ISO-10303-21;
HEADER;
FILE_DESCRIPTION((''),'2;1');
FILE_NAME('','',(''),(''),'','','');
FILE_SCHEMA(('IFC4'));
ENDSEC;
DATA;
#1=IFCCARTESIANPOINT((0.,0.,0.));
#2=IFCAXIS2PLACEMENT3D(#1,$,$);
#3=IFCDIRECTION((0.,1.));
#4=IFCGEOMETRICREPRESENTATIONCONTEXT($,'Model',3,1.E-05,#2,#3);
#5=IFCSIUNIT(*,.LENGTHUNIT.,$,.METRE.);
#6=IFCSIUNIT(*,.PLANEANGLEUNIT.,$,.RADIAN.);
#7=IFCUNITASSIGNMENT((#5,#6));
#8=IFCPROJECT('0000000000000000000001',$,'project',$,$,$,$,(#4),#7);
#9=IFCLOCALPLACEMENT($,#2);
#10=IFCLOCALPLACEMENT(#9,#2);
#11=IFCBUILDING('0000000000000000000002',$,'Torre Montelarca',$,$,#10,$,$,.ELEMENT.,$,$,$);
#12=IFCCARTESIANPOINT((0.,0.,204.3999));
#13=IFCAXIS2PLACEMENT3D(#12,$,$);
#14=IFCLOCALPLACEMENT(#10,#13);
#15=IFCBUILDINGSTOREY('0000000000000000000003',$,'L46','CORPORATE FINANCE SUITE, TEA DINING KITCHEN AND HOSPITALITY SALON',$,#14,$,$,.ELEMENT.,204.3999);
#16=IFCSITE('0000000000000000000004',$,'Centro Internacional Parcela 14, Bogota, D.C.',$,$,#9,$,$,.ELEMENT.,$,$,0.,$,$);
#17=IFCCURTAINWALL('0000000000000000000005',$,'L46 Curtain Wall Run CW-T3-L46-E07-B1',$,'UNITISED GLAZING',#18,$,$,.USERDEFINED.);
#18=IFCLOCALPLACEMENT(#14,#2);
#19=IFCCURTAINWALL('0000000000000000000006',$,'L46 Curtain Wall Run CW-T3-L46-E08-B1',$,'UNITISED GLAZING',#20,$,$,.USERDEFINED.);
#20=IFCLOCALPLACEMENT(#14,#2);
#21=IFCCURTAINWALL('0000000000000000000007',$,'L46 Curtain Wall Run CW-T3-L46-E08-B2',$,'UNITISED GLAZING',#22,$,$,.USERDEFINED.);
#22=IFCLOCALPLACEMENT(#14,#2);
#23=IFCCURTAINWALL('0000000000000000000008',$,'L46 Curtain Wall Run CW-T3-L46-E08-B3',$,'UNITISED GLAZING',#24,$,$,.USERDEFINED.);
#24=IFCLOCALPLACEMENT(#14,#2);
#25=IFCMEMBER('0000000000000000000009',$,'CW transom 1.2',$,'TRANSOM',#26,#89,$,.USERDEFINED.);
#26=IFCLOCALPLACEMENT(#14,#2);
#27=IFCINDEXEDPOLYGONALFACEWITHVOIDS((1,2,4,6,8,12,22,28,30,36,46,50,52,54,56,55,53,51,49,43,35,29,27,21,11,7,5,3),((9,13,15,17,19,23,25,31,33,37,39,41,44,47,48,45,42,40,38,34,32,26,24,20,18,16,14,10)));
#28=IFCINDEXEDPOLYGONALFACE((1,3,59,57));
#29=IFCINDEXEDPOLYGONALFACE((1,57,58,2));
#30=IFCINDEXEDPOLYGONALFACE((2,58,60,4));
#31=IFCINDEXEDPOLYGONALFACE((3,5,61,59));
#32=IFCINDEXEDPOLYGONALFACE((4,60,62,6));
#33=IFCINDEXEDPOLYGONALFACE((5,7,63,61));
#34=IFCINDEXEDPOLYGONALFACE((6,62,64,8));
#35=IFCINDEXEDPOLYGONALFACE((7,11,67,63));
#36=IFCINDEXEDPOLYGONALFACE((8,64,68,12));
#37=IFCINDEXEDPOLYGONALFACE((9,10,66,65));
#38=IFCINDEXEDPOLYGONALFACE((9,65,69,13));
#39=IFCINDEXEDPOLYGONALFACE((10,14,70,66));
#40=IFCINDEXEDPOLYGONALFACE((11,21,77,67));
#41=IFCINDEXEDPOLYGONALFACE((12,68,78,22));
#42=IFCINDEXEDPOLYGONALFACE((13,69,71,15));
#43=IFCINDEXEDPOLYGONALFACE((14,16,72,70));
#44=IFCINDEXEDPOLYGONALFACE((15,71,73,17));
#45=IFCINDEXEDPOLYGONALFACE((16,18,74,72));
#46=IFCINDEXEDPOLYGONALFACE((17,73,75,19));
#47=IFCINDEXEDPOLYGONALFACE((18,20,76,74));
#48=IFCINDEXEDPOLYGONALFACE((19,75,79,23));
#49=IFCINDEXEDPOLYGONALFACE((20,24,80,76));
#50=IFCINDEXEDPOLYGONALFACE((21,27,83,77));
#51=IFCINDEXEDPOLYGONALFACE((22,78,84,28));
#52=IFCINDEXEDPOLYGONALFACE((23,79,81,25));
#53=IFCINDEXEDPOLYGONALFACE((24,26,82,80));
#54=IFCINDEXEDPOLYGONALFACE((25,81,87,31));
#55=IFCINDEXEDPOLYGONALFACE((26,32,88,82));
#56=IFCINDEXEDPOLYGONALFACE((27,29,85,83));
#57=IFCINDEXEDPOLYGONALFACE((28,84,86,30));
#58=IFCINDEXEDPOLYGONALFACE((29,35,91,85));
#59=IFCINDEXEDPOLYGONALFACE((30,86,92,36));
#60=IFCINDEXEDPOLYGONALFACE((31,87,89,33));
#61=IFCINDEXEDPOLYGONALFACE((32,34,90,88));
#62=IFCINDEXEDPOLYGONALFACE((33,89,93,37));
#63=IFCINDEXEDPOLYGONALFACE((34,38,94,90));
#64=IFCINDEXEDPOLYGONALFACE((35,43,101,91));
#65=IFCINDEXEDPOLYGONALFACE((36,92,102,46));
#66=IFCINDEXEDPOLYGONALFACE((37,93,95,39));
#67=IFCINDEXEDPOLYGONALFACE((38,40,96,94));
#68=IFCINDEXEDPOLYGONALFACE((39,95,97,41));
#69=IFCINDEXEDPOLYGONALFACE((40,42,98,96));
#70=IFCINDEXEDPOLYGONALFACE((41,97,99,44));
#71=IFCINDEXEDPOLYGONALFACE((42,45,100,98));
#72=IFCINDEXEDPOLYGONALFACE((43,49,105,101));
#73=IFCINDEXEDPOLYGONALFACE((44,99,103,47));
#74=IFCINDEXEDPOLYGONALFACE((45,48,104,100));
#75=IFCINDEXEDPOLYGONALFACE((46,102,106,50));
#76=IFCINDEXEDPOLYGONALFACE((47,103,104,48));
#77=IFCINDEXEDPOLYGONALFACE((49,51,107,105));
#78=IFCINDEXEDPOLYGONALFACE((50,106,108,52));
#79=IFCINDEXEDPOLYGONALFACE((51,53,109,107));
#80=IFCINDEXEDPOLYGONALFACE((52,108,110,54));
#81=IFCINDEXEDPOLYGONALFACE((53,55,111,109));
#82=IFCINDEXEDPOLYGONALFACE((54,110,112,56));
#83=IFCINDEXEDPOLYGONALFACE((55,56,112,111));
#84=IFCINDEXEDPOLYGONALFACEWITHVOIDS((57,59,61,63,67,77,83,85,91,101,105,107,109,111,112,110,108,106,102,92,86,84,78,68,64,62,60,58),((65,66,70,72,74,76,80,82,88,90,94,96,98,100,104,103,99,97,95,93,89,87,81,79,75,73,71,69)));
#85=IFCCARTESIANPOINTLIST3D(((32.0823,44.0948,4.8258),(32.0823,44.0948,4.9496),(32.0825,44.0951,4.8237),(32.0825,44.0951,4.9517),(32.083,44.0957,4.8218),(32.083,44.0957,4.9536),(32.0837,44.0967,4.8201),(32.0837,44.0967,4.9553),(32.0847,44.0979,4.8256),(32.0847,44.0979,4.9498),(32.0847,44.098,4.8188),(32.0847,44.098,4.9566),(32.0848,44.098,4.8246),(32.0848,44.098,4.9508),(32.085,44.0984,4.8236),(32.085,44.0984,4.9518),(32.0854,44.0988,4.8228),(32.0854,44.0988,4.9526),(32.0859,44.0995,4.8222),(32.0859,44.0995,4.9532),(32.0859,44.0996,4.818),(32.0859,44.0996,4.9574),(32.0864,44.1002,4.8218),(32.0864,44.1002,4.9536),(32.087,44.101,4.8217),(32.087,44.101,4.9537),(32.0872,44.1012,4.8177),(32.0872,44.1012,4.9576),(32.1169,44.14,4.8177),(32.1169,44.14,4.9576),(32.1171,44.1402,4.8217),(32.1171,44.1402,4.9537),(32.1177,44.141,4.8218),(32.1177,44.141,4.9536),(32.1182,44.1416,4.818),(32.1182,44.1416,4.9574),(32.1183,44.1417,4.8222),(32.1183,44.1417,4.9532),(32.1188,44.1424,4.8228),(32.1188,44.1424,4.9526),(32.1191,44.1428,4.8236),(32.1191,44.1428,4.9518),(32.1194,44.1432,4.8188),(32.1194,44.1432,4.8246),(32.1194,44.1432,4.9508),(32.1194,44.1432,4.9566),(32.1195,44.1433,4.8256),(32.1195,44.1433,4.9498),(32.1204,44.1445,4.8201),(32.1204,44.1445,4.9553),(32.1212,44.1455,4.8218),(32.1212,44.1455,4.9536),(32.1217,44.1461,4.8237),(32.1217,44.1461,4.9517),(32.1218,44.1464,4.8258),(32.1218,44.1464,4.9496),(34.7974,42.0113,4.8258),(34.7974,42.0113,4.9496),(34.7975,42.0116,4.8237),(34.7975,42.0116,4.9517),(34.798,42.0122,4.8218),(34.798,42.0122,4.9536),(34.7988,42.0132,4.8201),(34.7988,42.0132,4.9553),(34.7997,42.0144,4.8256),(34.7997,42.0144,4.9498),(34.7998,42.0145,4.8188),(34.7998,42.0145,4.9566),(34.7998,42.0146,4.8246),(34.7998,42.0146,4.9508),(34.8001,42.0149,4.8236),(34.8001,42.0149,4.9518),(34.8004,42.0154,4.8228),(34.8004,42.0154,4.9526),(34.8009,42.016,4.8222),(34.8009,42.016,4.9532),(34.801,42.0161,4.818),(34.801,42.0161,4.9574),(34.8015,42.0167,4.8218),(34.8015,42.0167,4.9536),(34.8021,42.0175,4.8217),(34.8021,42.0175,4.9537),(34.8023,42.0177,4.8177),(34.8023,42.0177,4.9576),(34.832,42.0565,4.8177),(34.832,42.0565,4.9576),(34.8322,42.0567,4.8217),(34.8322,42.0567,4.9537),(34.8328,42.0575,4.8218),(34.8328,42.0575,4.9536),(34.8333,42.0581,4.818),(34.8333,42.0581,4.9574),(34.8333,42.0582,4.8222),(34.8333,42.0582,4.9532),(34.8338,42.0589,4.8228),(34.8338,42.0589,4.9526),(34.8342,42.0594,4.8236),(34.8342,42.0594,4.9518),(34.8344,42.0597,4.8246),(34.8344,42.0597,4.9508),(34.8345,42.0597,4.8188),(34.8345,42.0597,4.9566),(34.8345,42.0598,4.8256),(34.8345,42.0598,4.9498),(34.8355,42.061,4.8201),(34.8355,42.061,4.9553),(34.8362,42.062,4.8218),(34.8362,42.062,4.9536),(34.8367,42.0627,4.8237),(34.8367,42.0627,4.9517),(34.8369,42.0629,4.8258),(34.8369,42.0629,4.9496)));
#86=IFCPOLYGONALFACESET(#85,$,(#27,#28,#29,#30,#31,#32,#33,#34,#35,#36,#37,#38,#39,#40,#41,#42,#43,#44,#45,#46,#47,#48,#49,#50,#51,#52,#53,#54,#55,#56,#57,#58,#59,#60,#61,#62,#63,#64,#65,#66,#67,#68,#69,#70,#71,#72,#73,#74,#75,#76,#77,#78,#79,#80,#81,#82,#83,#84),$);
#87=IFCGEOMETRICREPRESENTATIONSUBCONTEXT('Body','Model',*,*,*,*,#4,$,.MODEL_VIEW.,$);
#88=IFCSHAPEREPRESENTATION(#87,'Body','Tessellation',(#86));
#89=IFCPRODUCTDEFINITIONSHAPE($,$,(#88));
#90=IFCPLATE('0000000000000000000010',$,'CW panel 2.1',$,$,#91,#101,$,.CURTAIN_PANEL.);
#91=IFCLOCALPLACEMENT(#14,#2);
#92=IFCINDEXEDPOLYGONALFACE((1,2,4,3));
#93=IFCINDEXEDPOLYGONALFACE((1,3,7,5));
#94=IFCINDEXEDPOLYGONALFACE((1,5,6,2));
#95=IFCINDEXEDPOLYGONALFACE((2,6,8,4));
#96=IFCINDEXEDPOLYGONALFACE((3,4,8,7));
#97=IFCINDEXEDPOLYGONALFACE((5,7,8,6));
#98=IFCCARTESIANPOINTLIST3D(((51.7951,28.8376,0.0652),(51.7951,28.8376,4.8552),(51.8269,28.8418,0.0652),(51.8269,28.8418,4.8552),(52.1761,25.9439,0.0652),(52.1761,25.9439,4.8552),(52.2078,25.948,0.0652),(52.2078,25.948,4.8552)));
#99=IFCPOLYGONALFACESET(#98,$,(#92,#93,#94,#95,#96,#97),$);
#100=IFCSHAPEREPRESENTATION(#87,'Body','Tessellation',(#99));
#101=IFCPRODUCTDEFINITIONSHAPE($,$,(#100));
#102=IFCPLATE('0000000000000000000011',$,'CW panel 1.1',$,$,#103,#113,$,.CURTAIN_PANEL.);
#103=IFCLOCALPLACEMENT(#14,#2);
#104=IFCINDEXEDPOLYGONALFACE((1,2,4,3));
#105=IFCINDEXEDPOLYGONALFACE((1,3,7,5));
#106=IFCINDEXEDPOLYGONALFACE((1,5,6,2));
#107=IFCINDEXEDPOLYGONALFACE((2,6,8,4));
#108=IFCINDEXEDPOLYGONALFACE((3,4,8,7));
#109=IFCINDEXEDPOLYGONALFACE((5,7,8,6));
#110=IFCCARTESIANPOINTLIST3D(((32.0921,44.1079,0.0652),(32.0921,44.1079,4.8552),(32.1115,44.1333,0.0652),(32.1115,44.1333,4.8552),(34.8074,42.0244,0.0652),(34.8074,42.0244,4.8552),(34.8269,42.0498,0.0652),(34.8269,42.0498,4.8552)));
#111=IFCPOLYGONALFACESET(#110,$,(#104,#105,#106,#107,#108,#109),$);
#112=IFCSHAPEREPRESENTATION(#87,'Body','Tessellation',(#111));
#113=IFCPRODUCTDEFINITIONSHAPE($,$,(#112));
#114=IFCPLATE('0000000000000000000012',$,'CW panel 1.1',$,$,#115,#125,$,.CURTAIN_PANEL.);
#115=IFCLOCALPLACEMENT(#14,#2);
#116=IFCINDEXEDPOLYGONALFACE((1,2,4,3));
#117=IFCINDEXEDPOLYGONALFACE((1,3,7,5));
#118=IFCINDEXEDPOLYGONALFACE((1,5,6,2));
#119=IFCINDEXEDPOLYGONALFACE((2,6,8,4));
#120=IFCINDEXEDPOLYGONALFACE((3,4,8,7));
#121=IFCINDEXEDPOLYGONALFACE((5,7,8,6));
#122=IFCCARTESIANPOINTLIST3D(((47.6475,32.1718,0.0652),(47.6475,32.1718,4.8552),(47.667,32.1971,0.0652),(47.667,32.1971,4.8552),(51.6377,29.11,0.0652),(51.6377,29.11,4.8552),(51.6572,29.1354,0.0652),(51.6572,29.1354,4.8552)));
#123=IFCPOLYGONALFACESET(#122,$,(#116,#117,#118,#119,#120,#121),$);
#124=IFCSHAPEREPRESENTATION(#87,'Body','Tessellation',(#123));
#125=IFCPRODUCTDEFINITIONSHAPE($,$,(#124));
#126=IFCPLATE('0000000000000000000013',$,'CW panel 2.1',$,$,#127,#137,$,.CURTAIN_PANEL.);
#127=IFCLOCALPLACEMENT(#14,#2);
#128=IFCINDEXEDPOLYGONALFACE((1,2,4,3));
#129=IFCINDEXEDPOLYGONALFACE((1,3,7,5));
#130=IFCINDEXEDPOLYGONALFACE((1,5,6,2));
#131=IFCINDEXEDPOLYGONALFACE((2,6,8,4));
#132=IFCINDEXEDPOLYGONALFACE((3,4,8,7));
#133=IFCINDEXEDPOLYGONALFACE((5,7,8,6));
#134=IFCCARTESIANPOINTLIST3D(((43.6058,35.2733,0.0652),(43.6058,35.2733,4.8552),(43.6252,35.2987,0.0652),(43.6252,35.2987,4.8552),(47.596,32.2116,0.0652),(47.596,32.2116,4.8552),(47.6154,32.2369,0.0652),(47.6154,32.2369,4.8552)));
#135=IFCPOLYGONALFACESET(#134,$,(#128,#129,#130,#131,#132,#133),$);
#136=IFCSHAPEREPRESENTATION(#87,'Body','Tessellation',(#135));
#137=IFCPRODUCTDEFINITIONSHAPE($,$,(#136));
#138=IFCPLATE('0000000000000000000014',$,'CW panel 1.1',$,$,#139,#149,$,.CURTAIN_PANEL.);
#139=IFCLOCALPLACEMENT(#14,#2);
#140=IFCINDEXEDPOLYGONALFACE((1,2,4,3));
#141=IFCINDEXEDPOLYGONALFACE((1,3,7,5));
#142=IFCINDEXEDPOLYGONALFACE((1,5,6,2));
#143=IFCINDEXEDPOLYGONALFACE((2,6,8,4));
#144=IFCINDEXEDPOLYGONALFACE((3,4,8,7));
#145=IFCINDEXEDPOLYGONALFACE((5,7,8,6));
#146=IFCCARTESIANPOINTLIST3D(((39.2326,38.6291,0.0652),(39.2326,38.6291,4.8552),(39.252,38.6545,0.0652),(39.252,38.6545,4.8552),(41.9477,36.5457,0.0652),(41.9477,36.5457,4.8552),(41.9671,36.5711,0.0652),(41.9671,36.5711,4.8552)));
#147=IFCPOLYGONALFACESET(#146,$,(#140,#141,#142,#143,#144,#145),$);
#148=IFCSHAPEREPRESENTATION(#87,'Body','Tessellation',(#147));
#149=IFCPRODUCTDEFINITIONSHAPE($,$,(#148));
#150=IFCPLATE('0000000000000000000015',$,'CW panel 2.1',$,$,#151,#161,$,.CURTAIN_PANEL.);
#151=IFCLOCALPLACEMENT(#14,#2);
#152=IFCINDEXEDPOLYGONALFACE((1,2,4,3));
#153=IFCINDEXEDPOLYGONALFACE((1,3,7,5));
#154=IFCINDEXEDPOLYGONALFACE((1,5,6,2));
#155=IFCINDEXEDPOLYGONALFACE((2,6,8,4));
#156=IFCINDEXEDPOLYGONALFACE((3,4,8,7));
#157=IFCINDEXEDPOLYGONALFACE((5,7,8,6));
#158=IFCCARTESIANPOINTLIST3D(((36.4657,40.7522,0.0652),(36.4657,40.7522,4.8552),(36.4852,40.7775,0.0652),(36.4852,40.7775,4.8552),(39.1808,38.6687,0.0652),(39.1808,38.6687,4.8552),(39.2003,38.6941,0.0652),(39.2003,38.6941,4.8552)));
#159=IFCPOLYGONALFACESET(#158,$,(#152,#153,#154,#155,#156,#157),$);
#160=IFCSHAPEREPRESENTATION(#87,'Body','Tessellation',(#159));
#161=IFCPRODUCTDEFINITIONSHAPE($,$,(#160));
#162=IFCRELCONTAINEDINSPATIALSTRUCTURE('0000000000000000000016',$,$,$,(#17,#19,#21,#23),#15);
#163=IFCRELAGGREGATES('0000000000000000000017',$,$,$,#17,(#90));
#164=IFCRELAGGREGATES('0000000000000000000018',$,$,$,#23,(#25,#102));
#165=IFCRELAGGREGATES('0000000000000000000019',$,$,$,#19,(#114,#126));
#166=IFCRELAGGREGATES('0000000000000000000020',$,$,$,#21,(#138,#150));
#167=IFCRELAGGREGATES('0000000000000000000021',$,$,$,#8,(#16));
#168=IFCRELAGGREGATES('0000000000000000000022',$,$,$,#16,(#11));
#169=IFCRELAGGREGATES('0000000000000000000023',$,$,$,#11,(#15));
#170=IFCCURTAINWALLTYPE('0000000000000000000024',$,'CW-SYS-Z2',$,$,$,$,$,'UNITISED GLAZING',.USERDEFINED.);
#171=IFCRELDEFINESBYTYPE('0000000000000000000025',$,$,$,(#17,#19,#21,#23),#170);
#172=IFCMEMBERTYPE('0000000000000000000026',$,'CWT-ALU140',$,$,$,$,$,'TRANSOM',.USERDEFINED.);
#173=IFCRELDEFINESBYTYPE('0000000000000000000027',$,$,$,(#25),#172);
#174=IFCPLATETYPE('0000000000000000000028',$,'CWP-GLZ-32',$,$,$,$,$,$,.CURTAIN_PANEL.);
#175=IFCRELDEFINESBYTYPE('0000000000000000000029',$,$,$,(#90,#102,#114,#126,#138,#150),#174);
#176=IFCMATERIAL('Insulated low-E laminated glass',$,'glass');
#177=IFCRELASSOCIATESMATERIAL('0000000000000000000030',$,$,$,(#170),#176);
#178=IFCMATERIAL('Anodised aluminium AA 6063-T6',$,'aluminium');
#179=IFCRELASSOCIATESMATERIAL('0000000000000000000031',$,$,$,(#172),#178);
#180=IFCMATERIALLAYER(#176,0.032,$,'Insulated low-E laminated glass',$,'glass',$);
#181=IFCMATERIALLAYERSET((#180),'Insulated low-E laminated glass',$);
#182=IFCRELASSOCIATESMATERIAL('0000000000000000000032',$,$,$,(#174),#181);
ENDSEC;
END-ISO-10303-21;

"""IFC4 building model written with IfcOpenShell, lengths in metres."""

from ifc_helpers import new_model, si_unit, direction, frame, origin, origin_2d, place, context, subcontext, project, spatial, rectangle, hollow_rectangle, extrude, source, transform, mapped, material, layer, layer_set, material_profile, profile_set, type_object, element, aggregate, save


model = new_model("IFC4")

# Units and contexts
model_context = context("Model", 3, precision=1e-05, world=origin(), true_north=direction((0.0, 1.0)))
body_context = subcontext(model_context, "Body", "Model", "MODEL_VIEW")
ifc_project = project(units=[si_unit("LENGTHUNIT", "METRE"), si_unit("PLANEANGLEUNIT", "RADIAN")], contexts=[model_context])

# Site, building, storey
site_placement = place(None, origin())
site = spatial("IfcSite", under=ifc_project, at=site_placement, Name="Centro Internacional Parcela 14, Bogota, D.C.", CompositionType="ELEMENT", RefElevation=0.0)
building_placement = place(site_placement, origin())
building = spatial("IfcBuilding", under=site, at=building_placement, Name="Torre Montelarca", CompositionType="ELEMENT")
storey_placement = place(building_placement, frame((0.0, 0.0, 204.3999)))
storey = spatial("IfcBuildingStorey", under=building, at=storey_placement, Name="L46", Description="CORPORATE FINANCE SUITE, TEA DINING KITCHEN AND HOSPITALITY SALON", CompositionType="ELEMENT", Elevation=204.3999)

# Curtain wall
ifc_material_1 = material(Name="Insulated low-E laminated glass", Category="glass")
curtain_wall_type = type_object("IfcCurtainWallType", Name="CW-SYS-Z2", ElementType="UNITISED GLAZING", PredefinedType="USERDEFINED", material=ifc_material_1)
curtain_wall_1_placement = place(storey_placement, origin())
curtain_wall_1 = element("IfcCurtainWall", 1, at=curtain_wall_1_placement, inside=storey, type_object=curtain_wall_type, Name="L46 Curtain Wall Run CW-T3-L46-E07-B1", ObjectType="UNITISED GLAZING", PredefinedType="USERDEFINED")
ifc_material_2 = material(Name="Anodised aluminium AA 6063-T6", Category="aluminium")

# Curtain walls
curtain_wall_2_placement = place(storey_placement, origin())
curtain_wall_2 = element("IfcCurtainWall", 2, at=curtain_wall_2_placement, inside=storey, type_object=curtain_wall_type, Name="L46 Curtain Wall Run CW-T3-L46-E08-B1", ObjectType="UNITISED GLAZING", PredefinedType="USERDEFINED")
curtain_wall_3_placement = place(storey_placement, origin())
curtain_wall_3 = element("IfcCurtainWall", 3, at=curtain_wall_3_placement, inside=storey, type_object=curtain_wall_type, Name="L46 Curtain Wall Run CW-T3-L46-E08-B2", ObjectType="UNITISED GLAZING", PredefinedType="USERDEFINED")

# Curtain wall
curtain_wall_4_placement = place(storey_placement, origin())
curtain_wall_4 = element("IfcCurtainWall", 4, at=curtain_wall_4_placement, inside=storey, type_object=curtain_wall_type, Name="L46 Curtain Wall Run CW-T3-L46-E08-B3", ObjectType="UNITISED GLAZING", PredefinedType="USERDEFINED")

# Member
ifc_material_profile_1 = material_profile(ifc_material_2, hollow_rectangle(XDim=0.0649, YDim=0.1399, WallThickness=0.0039, InnerFilletRadius=0.0039, OuterFilletRadius=0.0081, at=origin_2d()), Name="ALU65X140X4", Category="aluminium")
ifc_profile_set_1 = profile_set([ifc_material_profile_1], Name="Anodised aluminium AA 6063-T6")
member_type_1 = type_object("IfcMemberType", Name="CWT-ALU140", ElementType="TRANSOM", PredefinedType="USERDEFINED", material=ifc_profile_set_1)
shared_shape_1 = source(origin(), body_context, "Body", "SweptSolid", [
    extrude(hollow_rectangle(XDim=0.0649, YDim=0.1399, WallThickness=0.0039, InnerFilletRadius=0.0039, OuterFilletRadius=0.0081, at=origin_2d()), origin(), (0.0, 0.0, 1.0), 3.4224),
])
member_1_placement = place(storey_placement, frame((34.8171, 42.0371, 4.8877), z_axis=(-0.793334, 0.608786, 0.0), x_axis=(-0.608786, -0.793334, 0.0)))
member_1 = element("IfcMember", 5, at=member_1_placement, type_object=member_type_1, Name="CW transom 1.2", ObjectType="TRANSOM", PredefinedType="USERDEFINED", context=body_context, shape_type="MappedRepresentation", body=[
    mapped(shared_shape_1, transform((0.0, 0.0, 0.0), scale=1.0)),
])

# Plates
ifc_layer_1 = layer(ifc_material_1, 0.032, Name="Insulated low-E laminated glass", Category="glass")
ifc_layer_set_1 = layer_set([ifc_layer_1], Name="Insulated low-E laminated glass")
plate_type = type_object("IfcPlateType", Name="CWP-GLZ-32", PredefinedType="CURTAIN_PANEL", material=ifc_layer_set_1)
shared_shape_2 = source(origin(), body_context, "Body", "SweptSolid", [
    extrude(rectangle(XDim=2.9187, YDim=0.032, at=origin_2d()), origin(), (0.0, 0.0, 1.0), 4.79),
])
plate_1_placement = place(storey_placement, frame((52.0015, 27.3928, 0.0652), z_axis=(0.0, 0.0, 1.0), x_axis=(-0.130514, 0.991446, 0.0)))
plate_1 = element("IfcPlate", 6, at=plate_1_placement, type_object=plate_type, Name="CW panel 2.1", PredefinedType="CURTAIN_PANEL", context=body_context, shape_type="MappedRepresentation", body=[
    mapped(shared_shape_2, transform((0.0, 0.0, 0.0), scale=1.0)),
])
aggregate(curtain_wall_1, [plate_1])
shared_shape_3 = source(origin(), body_context, "Body", "SweptSolid", [
    extrude(rectangle(XDim=3.4226, YDim=0.032, at=origin_2d()), origin(), (0.0, 0.0, 1.0), 4.79),
])
plate_2_placement = place(storey_placement, frame((33.4595, 43.0789, 0.0652), z_axis=(0.0, 0.0, 1.0), x_axis=(-0.793357, 0.608757, 0.0)))
plate_2 = element("IfcPlate", 7, at=plate_2_placement, type_object=plate_type, Name="CW panel 1.1", PredefinedType="CURTAIN_PANEL", context=body_context, shape_type="MappedRepresentation", body=[
    mapped(shared_shape_3, transform((0.0, 0.0, 0.0), scale=1.0)),
])
aggregate(curtain_wall_4, [member_1, plate_2])
shared_shape_4 = source(origin(), body_context, "Body", "SweptSolid", [
    extrude(rectangle(XDim=5.0295, YDim=0.032, at=origin_2d()), origin(), (0.0, 0.0, 1.0), 4.79),
])
plate_3_placement = place(storey_placement, frame((49.6523, 30.6536, 0.0652), z_axis=(0.0, 0.0, 1.0), x_axis=(-0.793356, 0.608758, 0.0)))
plate_3 = element("IfcPlate", 8, at=plate_3_placement, type_object=plate_type, Name="CW panel 1.1", PredefinedType="CURTAIN_PANEL", context=body_context, shape_type="MappedRepresentation", body=[
    mapped(shared_shape_4, transform((0.0, 0.0, 0.0), scale=1.0)),
])
plate_4_placement = place(storey_placement, frame((45.6106, 33.7551, 0.0652), z_axis=(0.0, 0.0, 1.0), x_axis=(-0.793356, 0.608758, 0.0)))
plate_4 = element("IfcPlate", 9, at=plate_4_placement, type_object=plate_type, Name="CW panel 2.1", PredefinedType="CURTAIN_PANEL", context=body_context, shape_type="MappedRepresentation", body=[
    mapped(shared_shape_4, transform((0.0, 0.0, 0.0), scale=1.0)),
])
aggregate(curtain_wall_2, [plate_3, plate_4])
shared_shape_5 = source(origin(), body_context, "Body", "SweptSolid", [
    extrude(rectangle(XDim=3.4224, YDim=0.032, at=origin_2d()), origin(), (0.0, 0.0, 1.0), 4.79),
])
plate_5_placement = place(storey_placement, frame((40.5999, 37.6001, 0.0652), z_axis=(0.0, 0.0, 1.0), x_axis=(-0.793346, 0.608771, 0.0)))
plate_5 = element("IfcPlate", 10, at=plate_5_placement, type_object=plate_type, Name="CW panel 1.1", PredefinedType="CURTAIN_PANEL", context=body_context, shape_type="MappedRepresentation", body=[
    mapped(shared_shape_5, transform((0.0, 0.0, 0.0), scale=1.0)),
])
plate_6_placement = place(storey_placement, frame((37.833, 39.7231, 0.0652), z_axis=(0.0, 0.0, 1.0), x_axis=(-0.793346, 0.608771, 0.0)))
plate_6 = element("IfcPlate", 11, at=plate_6_placement, type_object=plate_type, Name="CW panel 2.1", PredefinedType="CURTAIN_PANEL", context=body_context, shape_type="MappedRepresentation", body=[
    mapped(shared_shape_5, transform((0.0, 0.0, 0.0), scale=1.0)),
])
aggregate(curtain_wall_3, [plate_5, plate_6])

save(model, "model.ifc")
